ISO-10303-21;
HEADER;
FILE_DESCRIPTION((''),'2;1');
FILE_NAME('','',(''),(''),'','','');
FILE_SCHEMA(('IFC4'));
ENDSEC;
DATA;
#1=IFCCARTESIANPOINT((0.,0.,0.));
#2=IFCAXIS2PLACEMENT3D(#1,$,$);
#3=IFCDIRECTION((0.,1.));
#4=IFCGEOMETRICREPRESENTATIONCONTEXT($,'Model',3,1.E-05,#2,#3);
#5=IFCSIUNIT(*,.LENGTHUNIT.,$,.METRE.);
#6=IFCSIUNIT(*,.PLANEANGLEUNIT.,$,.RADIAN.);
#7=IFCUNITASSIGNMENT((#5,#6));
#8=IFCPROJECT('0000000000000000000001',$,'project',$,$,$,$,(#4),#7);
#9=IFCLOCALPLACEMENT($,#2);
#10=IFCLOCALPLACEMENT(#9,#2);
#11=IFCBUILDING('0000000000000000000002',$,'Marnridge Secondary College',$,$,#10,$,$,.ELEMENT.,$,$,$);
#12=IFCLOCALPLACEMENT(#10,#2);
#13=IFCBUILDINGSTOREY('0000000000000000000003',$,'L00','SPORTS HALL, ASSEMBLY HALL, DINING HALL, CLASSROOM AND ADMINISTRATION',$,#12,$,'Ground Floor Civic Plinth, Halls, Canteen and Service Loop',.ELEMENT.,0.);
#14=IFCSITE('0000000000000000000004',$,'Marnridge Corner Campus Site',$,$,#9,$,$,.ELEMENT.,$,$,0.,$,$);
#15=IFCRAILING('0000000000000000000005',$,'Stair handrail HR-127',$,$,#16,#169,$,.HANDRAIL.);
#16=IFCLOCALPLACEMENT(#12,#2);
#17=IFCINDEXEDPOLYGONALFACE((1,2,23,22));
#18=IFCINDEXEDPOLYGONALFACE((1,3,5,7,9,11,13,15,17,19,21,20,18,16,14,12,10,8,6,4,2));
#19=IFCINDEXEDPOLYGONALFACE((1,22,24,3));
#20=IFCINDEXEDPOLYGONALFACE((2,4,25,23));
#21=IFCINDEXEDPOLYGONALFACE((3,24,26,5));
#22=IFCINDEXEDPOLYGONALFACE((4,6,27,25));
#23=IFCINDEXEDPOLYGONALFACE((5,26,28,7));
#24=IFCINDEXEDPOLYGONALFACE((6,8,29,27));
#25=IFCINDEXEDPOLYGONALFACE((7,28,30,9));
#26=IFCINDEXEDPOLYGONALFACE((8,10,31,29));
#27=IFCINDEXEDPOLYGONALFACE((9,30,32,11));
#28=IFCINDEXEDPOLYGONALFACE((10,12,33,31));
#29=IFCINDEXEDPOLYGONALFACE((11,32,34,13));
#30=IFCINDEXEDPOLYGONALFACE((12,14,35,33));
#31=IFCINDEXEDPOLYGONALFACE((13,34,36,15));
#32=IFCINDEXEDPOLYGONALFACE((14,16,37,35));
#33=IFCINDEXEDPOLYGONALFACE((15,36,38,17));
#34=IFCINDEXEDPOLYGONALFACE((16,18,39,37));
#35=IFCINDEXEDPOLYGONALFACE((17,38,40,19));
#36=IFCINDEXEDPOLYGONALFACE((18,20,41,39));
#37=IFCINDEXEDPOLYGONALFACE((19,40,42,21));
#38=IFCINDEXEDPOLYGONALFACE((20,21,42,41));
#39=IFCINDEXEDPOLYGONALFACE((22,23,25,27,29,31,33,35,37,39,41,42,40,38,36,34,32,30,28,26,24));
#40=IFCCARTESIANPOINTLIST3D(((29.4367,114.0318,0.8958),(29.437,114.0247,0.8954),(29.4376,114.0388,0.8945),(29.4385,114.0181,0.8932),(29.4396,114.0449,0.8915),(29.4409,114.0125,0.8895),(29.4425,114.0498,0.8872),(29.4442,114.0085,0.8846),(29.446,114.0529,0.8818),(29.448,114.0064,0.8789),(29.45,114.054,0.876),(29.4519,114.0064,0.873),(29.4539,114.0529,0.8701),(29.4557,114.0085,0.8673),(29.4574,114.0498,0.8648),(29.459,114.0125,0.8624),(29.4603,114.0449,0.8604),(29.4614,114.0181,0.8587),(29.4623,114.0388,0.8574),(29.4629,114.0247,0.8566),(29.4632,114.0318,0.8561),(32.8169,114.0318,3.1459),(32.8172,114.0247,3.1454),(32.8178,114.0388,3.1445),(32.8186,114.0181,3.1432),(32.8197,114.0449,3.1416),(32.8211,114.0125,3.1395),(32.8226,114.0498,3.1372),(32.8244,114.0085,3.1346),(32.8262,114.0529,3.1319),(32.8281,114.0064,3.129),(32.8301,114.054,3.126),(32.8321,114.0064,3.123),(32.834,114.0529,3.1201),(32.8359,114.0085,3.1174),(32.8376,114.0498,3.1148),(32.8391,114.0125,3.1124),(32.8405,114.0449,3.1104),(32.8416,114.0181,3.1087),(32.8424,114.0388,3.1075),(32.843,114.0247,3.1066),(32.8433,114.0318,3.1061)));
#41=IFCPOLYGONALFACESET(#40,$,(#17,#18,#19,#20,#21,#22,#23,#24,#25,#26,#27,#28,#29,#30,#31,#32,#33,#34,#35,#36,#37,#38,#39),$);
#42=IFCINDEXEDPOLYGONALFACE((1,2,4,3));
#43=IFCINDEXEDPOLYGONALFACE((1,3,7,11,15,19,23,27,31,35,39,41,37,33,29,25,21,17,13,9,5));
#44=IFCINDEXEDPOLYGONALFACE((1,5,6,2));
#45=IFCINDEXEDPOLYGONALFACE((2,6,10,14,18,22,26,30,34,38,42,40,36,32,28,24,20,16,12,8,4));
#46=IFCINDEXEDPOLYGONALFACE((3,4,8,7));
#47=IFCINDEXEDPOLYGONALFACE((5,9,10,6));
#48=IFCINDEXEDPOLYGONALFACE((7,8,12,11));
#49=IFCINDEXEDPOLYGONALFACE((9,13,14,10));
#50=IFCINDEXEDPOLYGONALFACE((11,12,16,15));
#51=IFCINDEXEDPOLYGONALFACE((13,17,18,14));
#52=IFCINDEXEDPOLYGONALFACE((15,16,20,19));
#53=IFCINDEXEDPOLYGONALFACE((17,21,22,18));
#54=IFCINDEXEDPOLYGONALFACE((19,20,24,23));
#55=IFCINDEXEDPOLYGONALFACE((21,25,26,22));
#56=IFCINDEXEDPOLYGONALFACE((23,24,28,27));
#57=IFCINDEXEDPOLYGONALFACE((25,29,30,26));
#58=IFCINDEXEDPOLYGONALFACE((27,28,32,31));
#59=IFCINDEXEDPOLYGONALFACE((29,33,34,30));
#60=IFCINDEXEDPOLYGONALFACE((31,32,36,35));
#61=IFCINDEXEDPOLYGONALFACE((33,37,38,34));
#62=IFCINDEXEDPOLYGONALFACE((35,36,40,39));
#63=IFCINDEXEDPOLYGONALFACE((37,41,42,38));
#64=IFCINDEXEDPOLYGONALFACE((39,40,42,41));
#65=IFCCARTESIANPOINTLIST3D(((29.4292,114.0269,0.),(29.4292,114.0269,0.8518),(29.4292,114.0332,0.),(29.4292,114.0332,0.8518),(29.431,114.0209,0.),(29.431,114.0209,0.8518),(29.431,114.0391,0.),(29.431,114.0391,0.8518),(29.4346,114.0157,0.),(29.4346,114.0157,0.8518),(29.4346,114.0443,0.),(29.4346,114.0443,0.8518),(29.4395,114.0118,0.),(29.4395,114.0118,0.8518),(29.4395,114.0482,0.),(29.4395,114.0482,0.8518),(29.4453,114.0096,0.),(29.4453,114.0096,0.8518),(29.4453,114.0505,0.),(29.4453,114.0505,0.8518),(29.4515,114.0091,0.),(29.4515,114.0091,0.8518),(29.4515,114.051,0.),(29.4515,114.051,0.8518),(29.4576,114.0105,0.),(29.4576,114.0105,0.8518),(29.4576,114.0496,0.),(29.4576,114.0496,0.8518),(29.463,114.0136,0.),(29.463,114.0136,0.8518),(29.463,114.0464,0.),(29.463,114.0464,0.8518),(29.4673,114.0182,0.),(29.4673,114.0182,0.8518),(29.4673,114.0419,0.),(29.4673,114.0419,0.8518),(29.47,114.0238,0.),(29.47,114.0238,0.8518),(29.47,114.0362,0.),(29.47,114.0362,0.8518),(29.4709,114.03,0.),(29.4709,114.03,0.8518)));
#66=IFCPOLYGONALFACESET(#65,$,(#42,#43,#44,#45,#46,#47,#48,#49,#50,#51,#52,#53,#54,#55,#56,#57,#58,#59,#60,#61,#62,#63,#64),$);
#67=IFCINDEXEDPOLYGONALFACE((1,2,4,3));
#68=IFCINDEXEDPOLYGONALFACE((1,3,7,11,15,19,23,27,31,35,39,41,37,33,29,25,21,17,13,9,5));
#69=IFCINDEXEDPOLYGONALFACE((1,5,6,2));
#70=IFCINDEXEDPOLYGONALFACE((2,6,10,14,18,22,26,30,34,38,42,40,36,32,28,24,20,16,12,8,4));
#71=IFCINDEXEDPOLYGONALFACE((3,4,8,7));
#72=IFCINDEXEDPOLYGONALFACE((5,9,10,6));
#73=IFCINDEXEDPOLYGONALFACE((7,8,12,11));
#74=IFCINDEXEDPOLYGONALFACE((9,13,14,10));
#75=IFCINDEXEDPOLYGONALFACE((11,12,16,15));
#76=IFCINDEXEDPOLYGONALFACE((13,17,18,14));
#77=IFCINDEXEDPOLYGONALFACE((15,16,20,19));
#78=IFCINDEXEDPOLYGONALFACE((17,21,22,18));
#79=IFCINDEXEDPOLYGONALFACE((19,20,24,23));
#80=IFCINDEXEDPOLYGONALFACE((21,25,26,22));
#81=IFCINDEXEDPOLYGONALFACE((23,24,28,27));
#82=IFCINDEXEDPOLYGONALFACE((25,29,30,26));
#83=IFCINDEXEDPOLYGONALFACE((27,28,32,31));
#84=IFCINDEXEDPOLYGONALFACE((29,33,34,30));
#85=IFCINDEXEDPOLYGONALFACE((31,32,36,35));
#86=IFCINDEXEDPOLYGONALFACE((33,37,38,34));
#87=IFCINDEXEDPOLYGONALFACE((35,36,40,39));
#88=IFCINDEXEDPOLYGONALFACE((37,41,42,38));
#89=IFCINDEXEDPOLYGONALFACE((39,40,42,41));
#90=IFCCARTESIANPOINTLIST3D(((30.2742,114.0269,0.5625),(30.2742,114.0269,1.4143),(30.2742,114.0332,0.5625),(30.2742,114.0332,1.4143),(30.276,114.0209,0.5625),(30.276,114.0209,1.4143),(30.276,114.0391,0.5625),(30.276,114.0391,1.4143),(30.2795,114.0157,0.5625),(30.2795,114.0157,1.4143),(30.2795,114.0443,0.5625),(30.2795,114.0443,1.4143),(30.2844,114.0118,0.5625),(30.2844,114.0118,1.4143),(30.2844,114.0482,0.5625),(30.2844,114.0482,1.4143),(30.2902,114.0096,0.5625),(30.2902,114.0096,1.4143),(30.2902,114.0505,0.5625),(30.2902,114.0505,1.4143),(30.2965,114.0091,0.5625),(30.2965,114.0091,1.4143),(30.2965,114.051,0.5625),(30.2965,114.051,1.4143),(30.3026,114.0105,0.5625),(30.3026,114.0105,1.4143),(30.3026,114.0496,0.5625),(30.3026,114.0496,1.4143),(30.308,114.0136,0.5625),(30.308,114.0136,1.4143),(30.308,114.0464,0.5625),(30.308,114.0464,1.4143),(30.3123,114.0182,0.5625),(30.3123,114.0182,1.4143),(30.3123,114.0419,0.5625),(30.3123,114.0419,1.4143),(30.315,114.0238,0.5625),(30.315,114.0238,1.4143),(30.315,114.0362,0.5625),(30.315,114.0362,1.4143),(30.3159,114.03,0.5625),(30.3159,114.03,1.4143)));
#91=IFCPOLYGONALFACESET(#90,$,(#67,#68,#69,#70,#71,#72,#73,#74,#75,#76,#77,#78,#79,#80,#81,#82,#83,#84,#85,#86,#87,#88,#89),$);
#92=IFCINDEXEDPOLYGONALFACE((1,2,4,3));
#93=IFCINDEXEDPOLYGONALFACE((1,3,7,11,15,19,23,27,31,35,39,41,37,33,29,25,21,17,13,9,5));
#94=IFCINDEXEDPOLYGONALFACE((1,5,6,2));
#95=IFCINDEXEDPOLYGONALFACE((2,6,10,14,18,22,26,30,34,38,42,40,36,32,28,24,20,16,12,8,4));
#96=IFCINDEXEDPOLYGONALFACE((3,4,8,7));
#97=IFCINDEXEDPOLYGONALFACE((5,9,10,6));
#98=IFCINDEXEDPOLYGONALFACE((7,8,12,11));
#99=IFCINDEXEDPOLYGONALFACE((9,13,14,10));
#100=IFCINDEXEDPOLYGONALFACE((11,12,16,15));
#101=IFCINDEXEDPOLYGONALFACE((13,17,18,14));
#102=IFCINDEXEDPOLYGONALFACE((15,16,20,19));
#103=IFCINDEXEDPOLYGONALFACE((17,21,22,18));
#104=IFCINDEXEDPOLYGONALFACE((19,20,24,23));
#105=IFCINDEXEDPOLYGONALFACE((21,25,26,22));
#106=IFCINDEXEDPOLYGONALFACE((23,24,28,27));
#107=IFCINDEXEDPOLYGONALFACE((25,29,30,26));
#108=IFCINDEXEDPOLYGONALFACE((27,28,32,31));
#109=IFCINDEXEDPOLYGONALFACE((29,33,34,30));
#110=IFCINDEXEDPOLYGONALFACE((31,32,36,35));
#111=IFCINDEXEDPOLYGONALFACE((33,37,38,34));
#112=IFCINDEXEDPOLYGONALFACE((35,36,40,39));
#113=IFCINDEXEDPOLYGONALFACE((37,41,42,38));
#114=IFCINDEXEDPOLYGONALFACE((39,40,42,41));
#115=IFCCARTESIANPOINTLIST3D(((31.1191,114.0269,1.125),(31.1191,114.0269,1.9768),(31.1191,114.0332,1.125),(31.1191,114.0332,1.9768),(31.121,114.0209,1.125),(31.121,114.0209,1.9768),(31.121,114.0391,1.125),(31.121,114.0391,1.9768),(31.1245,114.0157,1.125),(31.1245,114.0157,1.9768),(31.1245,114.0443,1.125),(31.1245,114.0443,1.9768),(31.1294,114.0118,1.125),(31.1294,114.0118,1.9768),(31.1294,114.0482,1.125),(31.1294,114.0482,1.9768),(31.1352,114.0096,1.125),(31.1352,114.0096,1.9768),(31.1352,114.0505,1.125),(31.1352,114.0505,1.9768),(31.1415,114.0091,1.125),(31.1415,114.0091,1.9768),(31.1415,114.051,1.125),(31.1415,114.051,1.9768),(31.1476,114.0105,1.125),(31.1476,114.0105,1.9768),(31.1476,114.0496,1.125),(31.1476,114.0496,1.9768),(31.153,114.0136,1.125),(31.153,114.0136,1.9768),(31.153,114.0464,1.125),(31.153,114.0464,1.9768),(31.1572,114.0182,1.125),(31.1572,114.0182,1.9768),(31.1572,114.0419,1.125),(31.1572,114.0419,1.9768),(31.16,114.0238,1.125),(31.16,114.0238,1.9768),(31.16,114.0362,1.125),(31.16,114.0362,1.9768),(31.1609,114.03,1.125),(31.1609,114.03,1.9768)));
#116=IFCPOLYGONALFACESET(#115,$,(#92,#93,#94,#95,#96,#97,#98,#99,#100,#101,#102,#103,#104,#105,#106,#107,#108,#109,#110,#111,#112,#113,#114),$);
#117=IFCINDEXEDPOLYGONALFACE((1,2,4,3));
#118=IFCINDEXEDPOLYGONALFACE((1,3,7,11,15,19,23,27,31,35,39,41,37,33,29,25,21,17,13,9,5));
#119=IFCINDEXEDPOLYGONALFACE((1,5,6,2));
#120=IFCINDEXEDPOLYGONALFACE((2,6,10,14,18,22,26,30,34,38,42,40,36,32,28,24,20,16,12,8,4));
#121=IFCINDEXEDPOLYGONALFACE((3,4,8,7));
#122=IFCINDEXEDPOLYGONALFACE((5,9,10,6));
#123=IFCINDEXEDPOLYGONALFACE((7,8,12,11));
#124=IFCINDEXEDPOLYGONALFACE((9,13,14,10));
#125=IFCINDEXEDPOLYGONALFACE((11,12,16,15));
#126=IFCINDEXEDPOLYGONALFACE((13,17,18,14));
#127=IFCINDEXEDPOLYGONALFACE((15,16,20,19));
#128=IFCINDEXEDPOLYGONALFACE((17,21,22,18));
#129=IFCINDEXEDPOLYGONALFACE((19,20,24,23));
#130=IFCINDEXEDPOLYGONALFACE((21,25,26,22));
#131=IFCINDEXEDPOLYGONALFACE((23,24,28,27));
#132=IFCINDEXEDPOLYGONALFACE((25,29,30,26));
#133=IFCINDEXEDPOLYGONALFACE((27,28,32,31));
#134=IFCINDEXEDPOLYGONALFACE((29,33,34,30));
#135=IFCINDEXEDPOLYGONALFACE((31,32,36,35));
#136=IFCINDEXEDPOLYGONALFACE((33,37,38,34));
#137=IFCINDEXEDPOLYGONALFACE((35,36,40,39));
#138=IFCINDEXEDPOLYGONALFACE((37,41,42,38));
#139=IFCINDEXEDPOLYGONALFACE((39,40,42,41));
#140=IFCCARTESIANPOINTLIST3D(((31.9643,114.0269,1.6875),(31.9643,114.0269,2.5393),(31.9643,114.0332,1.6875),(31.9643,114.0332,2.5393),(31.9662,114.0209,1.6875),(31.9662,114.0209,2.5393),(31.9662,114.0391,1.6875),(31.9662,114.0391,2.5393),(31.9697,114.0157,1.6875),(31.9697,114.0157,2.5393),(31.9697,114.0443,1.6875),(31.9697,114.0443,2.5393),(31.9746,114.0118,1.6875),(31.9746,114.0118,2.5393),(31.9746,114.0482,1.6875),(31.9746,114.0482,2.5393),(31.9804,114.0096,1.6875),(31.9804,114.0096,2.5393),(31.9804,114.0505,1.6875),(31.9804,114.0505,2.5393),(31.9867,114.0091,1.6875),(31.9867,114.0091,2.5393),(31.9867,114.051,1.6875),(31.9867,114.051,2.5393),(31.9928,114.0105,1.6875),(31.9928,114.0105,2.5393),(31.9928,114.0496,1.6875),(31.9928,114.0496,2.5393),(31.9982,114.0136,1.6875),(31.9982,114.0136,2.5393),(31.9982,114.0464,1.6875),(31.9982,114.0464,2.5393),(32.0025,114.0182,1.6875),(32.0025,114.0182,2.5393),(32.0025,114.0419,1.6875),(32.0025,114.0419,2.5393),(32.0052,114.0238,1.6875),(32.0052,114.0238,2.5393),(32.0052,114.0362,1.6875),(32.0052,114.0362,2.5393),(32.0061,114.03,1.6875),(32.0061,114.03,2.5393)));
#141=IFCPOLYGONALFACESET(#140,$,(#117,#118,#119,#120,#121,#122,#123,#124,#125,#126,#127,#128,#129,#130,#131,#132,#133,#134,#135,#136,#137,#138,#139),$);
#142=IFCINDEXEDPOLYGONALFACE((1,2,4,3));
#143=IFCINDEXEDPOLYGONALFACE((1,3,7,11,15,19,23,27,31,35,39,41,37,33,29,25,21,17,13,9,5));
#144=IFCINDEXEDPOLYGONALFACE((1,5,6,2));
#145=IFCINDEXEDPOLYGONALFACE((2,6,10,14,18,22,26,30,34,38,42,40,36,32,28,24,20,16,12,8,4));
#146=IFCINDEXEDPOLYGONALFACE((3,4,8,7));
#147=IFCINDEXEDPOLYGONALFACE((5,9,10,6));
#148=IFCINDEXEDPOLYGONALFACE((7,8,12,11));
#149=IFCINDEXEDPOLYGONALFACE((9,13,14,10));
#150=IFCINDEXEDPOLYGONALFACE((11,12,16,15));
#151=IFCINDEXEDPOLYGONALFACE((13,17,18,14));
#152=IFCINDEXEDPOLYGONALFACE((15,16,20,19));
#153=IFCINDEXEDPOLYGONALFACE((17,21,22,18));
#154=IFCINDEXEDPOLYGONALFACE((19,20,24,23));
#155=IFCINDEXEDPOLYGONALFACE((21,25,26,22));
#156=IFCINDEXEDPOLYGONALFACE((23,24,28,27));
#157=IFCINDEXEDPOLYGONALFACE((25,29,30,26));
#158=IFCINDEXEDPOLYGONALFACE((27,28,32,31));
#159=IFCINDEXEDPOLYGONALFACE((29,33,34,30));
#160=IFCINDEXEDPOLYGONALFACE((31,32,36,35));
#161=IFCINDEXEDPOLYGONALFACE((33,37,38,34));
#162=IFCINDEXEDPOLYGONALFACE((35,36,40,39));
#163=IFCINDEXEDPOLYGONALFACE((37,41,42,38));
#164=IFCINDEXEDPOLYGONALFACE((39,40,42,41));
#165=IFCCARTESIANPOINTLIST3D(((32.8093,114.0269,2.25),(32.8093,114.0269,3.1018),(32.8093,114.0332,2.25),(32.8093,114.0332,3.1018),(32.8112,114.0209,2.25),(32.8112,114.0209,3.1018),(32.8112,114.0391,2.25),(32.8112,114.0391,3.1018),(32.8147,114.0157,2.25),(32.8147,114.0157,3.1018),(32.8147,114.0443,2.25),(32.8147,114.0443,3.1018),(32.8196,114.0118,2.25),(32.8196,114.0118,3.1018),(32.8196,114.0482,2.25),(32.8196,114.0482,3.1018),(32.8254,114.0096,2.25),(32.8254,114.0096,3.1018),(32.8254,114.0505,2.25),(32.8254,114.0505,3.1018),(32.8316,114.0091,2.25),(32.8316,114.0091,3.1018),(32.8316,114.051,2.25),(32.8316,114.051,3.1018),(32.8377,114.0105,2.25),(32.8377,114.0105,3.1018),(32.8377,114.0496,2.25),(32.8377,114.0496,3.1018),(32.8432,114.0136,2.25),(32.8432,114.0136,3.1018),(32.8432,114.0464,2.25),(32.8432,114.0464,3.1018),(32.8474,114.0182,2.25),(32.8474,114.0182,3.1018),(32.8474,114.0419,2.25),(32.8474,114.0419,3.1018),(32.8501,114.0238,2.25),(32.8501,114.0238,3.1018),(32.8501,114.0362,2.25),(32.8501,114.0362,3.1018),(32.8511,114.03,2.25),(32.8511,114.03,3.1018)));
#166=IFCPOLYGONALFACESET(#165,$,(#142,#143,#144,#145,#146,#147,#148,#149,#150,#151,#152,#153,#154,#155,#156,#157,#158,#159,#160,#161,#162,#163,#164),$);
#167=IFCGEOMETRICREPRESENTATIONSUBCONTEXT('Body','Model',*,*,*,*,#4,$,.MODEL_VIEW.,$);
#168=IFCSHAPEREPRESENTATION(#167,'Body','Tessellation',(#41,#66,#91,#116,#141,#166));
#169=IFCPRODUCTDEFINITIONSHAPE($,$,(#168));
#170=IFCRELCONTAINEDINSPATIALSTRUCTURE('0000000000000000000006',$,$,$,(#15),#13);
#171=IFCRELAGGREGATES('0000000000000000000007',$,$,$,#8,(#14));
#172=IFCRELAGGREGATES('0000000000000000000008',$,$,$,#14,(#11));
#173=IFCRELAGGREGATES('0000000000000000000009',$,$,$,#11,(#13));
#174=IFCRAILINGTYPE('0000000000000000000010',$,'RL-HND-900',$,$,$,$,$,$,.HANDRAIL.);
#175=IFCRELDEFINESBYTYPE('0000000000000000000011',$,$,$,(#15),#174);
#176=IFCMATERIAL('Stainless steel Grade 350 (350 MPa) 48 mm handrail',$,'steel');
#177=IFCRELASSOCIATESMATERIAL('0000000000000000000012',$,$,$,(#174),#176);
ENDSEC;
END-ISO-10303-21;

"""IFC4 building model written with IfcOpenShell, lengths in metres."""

from ifc_helpers import new_model, si_unit, direction, frame, origin, origin_2d, place, context, subcontext, project, spatial, circle, extrude, material, type_object, element, save


model = new_model("IFC4")

# Units and contexts
model_context = context("Model", 3, precision=1e-05, world=origin(), true_north=direction((0.0, 1.0)))
body_context = subcontext(model_context, "Body", "Model", "MODEL_VIEW")
ifc_project = project(units=[si_unit("LENGTHUNIT", "METRE"), si_unit("PLANEANGLEUNIT", "RADIAN")], contexts=[model_context])

# Site, building, storey
site_placement = place(None, origin())
site = spatial("IfcSite", under=ifc_project, at=site_placement, Name="Marnridge Corner Campus Site", CompositionType="ELEMENT", RefElevation=0.0)
building_placement = place(site_placement, origin())
building = spatial("IfcBuilding", under=site, at=building_placement, Name="Marnridge Secondary College", CompositionType="ELEMENT")
storey_placement = place(building_placement, origin())
storey = spatial("IfcBuildingStorey", under=building, at=storey_placement, Name="L00", Description="SPORTS HALL, ASSEMBLY HALL, DINING HALL, CLASSROOM AND ADMINISTRATION", LongName="Ground Floor Civic Plinth, Halls, Canteen and Service Loop", CompositionType="ELEMENT", Elevation=0.0)

# Railing
ifc_material_1 = material(Name="Stainless steel Grade 350 (350 MPa) 48 mm handrail", Category="steel")
railing_type_1 = type_object("IfcRailingType", Name="RL-HND-900", PredefinedType="HANDRAIL", material=ifc_material_1)
for number, where, name in (
    (1, (29.45, 114.03, 0.0), "Stair handrail HR-127"),
):
    element("IfcRailing", number, at=place(storey_placement, frame(where)), inside=storey, type_object=railing_type_1, Name=name, PredefinedType="HANDRAIL", context=body_context, shape_type="SweptSolid", body=[
        extrude(circle(Radius=0.0239, at=origin_2d()), frame((0.0, 0.0, 0.876), z_axis=(0.832439, 0.0, 0.554117), x_axis=(0.0, 1.0, 0.0)), (0.0, 0.0, 1.0), 4.0605),
        extrude(circle(Radius=0.021, at=origin_2d()), origin(), (0.0, 0.0, 1.0), 0.8518),
        extrude(circle(Radius=0.021, at=origin_2d()), frame((0.845, 0.0, 0.5625)), (0.0, 0.0, 1.0), 0.8518),
        extrude(circle(Radius=0.021, at=origin_2d()), frame((1.6899, 0.0, 1.125)), (0.0, 0.0, 1.0), 0.8518),
        extrude(circle(Radius=0.021, at=origin_2d()), frame((2.5352, 0.0, 1.6875)), (0.0, 0.0, 1.0), 0.8518),
        extrude(circle(Radius=0.021, at=origin_2d()), frame((3.3801, 0.0, 2.25)), (0.0, 0.0, 1.0), 0.8518),
    ])

save(model, "model.ifc")
